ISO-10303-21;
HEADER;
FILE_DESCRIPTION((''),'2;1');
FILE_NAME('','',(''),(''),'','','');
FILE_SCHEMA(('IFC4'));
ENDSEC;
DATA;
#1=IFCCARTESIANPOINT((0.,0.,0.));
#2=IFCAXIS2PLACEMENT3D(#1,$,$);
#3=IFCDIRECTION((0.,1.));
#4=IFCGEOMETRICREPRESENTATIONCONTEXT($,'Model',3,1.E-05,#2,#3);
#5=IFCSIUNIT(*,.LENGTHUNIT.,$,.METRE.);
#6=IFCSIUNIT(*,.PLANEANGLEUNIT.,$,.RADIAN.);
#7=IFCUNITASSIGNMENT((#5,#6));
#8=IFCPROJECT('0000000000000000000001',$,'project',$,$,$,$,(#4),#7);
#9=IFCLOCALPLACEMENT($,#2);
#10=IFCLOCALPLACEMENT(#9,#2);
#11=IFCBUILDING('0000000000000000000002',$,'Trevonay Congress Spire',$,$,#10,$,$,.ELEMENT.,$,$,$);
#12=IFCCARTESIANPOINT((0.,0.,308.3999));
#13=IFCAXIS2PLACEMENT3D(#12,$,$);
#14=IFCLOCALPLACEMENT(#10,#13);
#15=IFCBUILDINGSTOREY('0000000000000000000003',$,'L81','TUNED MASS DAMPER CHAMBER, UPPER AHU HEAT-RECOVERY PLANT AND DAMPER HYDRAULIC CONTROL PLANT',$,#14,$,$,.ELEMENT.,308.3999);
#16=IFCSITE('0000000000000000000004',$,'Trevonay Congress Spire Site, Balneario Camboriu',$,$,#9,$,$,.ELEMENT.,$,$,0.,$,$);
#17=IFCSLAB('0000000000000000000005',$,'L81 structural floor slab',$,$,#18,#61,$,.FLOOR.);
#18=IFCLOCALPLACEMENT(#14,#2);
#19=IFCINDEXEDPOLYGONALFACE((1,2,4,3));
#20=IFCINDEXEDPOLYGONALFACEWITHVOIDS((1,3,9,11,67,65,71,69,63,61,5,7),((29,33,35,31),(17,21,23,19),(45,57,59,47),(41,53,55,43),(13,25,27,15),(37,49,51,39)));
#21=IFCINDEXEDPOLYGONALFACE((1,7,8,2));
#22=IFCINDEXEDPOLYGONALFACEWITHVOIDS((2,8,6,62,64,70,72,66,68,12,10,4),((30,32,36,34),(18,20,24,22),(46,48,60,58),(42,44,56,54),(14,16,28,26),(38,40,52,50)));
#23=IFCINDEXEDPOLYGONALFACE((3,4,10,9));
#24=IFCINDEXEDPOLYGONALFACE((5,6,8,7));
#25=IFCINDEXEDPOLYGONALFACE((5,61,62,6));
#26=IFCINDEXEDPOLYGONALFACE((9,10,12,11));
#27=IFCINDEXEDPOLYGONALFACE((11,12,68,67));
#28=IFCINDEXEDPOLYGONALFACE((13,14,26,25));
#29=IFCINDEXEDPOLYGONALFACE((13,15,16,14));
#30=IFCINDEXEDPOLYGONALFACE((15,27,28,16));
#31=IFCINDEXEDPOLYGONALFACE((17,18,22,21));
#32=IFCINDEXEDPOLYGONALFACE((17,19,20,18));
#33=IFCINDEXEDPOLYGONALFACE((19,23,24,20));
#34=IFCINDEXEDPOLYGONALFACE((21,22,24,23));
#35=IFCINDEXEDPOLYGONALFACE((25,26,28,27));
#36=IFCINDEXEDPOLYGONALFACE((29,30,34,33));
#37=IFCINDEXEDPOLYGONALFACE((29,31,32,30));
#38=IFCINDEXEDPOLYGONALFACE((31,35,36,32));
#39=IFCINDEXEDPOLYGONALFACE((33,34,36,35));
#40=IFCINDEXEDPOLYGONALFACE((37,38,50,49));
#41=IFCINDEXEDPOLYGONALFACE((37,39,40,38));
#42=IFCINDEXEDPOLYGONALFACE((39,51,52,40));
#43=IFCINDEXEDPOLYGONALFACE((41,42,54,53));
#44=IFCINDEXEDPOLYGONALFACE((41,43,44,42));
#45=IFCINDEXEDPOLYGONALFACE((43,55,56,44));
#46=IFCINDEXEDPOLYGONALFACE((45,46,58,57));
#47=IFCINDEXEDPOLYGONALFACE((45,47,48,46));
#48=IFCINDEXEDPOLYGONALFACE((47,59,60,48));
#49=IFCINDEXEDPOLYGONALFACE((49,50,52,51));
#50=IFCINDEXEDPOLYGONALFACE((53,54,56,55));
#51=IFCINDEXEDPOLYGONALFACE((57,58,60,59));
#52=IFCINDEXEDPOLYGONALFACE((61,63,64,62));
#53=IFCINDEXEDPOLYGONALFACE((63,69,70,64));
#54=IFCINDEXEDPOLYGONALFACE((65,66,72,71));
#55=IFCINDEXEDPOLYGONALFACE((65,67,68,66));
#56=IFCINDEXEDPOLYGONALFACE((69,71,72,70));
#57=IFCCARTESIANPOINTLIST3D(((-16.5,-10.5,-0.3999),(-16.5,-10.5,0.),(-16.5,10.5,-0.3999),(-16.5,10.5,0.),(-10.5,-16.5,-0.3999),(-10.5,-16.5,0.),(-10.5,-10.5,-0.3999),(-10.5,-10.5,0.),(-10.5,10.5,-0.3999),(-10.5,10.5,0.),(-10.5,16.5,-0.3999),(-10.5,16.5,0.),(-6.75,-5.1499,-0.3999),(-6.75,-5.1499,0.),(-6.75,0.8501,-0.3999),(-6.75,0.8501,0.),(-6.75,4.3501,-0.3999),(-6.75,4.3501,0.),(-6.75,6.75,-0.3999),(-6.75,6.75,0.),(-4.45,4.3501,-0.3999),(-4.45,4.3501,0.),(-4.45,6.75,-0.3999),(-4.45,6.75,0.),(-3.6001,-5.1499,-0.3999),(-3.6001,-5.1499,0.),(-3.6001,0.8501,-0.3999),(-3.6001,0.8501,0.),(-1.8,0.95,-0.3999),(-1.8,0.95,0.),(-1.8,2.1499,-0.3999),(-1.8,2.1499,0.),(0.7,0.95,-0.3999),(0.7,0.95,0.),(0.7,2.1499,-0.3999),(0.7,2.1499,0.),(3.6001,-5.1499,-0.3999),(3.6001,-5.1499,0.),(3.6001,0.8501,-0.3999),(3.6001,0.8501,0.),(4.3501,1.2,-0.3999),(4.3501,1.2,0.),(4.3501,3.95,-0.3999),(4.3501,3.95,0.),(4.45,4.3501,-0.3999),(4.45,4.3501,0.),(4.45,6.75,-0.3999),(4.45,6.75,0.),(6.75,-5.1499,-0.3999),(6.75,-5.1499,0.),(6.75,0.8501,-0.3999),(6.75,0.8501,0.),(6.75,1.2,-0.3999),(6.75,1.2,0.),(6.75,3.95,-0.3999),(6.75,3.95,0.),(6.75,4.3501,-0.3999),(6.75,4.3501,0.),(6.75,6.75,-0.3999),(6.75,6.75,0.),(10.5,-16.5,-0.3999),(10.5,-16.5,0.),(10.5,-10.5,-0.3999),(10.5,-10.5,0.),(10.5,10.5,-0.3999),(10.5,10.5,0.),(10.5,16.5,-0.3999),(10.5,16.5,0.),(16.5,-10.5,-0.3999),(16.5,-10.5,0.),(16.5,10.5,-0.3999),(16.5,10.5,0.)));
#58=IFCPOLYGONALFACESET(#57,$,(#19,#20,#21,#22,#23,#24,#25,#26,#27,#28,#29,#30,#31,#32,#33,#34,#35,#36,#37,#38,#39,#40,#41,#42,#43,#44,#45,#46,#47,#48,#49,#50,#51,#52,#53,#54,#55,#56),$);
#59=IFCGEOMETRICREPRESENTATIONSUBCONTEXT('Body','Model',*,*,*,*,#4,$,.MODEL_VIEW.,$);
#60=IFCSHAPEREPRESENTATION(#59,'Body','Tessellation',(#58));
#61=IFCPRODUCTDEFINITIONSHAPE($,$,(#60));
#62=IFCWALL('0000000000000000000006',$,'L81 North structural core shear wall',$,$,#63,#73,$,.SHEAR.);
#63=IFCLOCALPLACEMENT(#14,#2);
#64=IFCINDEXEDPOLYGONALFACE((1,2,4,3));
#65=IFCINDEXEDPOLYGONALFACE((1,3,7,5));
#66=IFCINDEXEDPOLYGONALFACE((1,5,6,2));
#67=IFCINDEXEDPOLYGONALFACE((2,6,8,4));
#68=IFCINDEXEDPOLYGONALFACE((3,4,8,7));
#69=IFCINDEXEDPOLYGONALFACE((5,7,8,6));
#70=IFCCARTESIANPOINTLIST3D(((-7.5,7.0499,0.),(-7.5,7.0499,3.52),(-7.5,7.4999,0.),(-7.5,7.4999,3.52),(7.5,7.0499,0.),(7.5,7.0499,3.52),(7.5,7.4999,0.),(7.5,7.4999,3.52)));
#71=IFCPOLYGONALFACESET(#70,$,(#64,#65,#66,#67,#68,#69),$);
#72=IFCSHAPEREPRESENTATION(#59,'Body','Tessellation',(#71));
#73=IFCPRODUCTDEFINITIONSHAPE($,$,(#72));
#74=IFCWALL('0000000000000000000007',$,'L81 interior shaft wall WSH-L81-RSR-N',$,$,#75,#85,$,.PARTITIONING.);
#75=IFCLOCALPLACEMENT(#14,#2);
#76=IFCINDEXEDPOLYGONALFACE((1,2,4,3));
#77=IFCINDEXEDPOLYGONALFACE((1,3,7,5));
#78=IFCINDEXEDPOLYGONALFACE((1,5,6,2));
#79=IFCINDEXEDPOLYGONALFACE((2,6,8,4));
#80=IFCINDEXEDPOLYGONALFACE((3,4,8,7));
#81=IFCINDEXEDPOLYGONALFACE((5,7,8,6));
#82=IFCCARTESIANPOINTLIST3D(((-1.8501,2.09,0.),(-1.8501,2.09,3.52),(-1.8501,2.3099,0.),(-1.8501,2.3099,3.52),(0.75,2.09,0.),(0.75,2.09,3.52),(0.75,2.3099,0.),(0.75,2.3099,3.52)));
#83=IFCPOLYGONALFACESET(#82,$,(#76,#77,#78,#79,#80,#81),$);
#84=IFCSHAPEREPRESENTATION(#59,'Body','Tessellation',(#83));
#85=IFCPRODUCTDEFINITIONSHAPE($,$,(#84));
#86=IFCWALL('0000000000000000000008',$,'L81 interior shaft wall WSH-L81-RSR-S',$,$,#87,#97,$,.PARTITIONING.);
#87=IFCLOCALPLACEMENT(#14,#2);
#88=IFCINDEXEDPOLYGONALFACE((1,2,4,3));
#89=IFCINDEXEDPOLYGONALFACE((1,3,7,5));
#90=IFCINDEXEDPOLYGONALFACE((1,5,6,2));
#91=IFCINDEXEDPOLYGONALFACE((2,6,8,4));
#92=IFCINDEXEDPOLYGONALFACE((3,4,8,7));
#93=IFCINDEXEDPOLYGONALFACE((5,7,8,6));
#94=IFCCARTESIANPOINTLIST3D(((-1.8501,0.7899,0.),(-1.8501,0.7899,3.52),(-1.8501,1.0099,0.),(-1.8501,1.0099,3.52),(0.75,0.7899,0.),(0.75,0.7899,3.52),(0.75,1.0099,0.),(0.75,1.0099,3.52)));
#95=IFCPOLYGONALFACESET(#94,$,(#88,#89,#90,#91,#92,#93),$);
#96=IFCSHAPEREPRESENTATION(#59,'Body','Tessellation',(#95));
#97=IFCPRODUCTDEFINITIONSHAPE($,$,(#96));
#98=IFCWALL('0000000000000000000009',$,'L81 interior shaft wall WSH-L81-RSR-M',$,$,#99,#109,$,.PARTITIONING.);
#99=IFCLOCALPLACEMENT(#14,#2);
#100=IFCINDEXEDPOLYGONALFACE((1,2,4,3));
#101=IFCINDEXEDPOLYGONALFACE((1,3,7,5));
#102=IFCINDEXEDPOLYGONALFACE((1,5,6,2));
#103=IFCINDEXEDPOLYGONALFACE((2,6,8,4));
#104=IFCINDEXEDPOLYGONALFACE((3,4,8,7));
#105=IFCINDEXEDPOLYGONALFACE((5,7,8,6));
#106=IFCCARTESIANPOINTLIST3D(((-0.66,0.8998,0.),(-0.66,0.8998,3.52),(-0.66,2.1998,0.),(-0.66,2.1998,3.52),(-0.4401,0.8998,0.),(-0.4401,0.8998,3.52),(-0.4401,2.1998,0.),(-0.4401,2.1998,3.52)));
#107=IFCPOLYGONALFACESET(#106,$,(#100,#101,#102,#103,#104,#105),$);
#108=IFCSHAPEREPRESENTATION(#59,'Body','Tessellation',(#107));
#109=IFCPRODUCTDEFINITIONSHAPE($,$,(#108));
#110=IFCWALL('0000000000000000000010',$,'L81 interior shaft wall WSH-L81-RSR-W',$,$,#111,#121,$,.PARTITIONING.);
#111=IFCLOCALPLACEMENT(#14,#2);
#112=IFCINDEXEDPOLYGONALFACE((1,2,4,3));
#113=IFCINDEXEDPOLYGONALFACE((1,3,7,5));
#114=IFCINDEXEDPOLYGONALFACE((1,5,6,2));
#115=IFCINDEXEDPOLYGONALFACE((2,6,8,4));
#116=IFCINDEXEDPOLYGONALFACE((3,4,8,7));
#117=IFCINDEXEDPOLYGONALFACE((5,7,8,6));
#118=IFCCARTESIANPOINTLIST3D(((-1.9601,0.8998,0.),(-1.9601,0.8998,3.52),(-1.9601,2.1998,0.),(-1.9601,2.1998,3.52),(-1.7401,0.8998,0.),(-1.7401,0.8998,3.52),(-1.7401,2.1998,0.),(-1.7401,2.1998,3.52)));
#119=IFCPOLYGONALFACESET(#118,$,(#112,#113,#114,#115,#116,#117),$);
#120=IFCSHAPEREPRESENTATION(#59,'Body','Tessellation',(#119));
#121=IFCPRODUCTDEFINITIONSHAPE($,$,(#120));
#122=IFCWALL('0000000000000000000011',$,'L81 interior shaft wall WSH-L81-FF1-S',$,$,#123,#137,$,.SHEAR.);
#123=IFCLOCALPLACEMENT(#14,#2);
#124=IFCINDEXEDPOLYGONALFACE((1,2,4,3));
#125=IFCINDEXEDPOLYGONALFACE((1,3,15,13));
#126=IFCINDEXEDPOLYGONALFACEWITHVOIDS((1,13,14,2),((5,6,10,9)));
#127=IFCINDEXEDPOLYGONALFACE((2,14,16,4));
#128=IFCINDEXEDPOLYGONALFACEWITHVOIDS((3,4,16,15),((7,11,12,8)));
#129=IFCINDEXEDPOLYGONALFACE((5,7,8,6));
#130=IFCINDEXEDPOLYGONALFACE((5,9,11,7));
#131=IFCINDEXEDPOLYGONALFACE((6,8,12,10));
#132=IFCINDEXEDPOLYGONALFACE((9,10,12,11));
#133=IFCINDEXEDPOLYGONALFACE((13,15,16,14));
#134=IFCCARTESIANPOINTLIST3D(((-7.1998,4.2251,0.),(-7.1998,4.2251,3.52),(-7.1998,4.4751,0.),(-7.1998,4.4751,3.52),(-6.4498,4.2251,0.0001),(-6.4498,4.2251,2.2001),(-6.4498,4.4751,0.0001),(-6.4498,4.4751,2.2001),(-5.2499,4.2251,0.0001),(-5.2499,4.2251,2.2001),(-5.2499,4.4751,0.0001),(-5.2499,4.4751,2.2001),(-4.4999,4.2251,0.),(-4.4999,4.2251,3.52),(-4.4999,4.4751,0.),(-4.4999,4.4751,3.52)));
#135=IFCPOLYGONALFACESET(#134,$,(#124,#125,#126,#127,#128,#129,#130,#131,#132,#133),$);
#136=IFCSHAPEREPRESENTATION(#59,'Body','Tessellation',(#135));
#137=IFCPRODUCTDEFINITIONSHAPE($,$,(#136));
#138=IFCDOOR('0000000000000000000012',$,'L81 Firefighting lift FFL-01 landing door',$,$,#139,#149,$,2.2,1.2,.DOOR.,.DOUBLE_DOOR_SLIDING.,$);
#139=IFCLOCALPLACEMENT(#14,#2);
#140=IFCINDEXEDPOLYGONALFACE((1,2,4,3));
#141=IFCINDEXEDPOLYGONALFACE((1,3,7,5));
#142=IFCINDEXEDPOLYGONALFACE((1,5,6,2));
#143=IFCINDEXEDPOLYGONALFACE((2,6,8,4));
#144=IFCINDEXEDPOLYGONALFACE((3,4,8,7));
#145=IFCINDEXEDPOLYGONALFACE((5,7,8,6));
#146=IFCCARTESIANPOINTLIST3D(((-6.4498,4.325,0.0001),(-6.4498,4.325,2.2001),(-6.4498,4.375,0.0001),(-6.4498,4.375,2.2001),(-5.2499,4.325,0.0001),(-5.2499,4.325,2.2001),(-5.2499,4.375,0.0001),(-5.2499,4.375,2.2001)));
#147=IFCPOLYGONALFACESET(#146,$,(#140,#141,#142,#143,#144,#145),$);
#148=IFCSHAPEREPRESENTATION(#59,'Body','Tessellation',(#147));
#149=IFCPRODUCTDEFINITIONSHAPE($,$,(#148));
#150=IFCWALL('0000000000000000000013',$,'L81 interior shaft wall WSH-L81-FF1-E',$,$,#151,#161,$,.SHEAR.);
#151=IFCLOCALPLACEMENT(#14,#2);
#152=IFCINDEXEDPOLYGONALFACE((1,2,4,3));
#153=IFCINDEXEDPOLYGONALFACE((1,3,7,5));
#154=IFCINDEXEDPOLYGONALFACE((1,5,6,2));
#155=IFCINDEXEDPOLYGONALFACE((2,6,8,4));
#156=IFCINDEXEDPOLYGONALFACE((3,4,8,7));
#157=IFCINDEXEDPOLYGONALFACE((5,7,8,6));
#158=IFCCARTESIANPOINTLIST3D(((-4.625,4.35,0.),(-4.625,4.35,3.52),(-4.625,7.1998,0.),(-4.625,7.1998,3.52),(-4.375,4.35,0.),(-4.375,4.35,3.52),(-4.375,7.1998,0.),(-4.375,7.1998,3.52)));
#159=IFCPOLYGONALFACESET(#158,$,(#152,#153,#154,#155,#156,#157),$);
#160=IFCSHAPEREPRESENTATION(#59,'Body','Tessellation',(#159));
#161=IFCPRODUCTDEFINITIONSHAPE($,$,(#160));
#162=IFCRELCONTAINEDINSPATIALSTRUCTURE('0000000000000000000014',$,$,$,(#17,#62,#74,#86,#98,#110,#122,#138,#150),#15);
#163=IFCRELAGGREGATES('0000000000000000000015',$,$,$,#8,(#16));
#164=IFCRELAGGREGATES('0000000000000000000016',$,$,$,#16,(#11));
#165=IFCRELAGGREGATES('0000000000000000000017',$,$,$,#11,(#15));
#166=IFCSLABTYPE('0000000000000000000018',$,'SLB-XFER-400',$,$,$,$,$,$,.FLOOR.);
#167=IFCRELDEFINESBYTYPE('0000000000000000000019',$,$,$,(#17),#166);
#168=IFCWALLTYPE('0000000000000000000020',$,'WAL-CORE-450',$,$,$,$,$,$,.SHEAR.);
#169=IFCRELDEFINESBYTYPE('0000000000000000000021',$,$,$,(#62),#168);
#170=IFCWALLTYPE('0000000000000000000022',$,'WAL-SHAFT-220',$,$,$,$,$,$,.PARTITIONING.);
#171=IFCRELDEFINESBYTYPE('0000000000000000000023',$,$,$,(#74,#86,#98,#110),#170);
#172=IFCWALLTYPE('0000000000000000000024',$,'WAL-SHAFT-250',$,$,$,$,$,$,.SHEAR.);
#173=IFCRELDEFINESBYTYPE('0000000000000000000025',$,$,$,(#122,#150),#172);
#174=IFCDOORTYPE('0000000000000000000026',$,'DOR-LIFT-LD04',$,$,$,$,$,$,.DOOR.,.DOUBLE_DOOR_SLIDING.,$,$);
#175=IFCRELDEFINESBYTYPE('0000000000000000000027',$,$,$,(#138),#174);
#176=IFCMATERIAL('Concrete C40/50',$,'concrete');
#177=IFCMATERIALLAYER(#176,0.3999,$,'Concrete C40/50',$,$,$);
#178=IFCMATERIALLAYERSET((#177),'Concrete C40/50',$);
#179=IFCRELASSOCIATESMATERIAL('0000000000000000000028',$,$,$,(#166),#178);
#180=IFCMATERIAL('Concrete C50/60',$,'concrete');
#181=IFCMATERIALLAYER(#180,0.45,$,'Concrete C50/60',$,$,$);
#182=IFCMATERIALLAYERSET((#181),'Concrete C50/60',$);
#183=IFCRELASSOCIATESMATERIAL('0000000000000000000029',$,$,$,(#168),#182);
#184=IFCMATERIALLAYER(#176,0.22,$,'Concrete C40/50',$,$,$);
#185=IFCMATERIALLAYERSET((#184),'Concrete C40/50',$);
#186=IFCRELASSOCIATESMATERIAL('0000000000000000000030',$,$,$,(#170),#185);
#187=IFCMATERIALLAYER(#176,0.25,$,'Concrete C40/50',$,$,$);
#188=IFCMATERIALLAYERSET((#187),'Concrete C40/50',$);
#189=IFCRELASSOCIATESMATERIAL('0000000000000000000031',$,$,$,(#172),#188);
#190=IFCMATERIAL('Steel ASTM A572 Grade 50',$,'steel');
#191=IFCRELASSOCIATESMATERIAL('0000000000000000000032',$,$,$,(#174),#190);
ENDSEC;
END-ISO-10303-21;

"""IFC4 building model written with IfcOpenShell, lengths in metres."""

from ifc_helpers import new_model, si_unit, direction, frame, frame_2d, origin, place, context, subcontext, project, spatial, polyline, rectangle, outline, extrude, material, layer, layer_set, type_object, element, fill, save


model = new_model("IFC4")

# Units and contexts
model_context = context("Model", 3, precision=1e-05, world=origin(), true_north=direction((0.0, 1.0)))
body_context = subcontext(model_context, "Body", "Model", "MODEL_VIEW")
ifc_project = project(units=[si_unit("LENGTHUNIT", "METRE"), si_unit("PLANEANGLEUNIT", "RADIAN")], contexts=[model_context])

# Site, building, storey
site_placement = place(None, origin())
site = spatial("IfcSite", under=ifc_project, at=site_placement, Name="Trevonay Congress Spire Site, Balneario Camboriu", CompositionType="ELEMENT", RefElevation=0.0)
building_placement = place(site_placement, origin())
building = spatial("IfcBuilding", under=site, at=building_placement, Name="Trevonay Congress Spire", CompositionType="ELEMENT")
storey_placement = place(building_placement, frame((0.0, 0.0, 308.3999)))
storey = spatial("IfcBuildingStorey", under=building, at=storey_placement, Name="L81", Description="TUNED MASS DAMPER CHAMBER, UPPER AHU HEAT-RECOVERY PLANT AND DAMPER HYDRAULIC CONTROL PLANT", CompositionType="ELEMENT", Elevation=308.3999)

# Shared definitions
ifc_material_1 = material(Name="Steel ASTM A572 Grade 50", Category="steel")

# Slab
ifc_material_2 = material(Name="Concrete C40/50", Category="concrete")
ifc_layer_1 = layer(ifc_material_2, 0.3999, Name="Concrete C40/50")
ifc_layer_set_1 = layer_set([ifc_layer_1], Name="Concrete C40/50")
slab_type = type_object("IfcSlabType", Name="SLB-XFER-400", PredefinedType="FLOOR", material=ifc_layer_set_1)
slab_placement = place(storey_placement, frame((0.0, 0.0, -0.3999)))
element("IfcSlab", 1, at=slab_placement, inside=storey, type_object=slab_type, Name="L81 structural floor slab", PredefinedType="FLOOR", context=body_context, shape_type="SweptSolid", body=[
    extrude(outline(polyline([(-10.5, -16.5), (10.5, -16.5), (10.5, -10.5), (16.5, -10.5), (16.5, 10.5), (10.5, 10.5), (10.5, 16.5), (-10.5, 16.5), (-10.5, 10.5), (-16.5, 10.5), (-16.5, -10.5), (-10.5, -10.5), (-10.5, -16.5)]), holes=[polyline([(-3.6001, -5.1499), (-3.6001, 0.8501), (-6.75, 0.8501), (-6.75, -5.1499), (-3.6001, -5.1499)]), polyline([(6.75, -5.1499), (6.75, 0.8501), (3.6001, 0.8501), (3.6001, -5.1499), (6.75, -5.1499)]), polyline([(-6.75, 4.3501), (-4.45, 4.3501), (-4.45, 6.75), (-6.75, 6.75), (-6.75, 4.3501)]), polyline([(4.45, 4.3501), (6.75, 4.3501), (6.75, 6.75), (4.45, 6.75), (4.45, 4.3501)]), polyline([(4.3501, 1.2), (6.75, 1.2), (6.75, 3.95), (4.3501, 3.95), (4.3501, 1.2)]), polyline([(-1.8, 0.95), (0.7, 0.95), (0.7, 2.1499), (-1.8, 2.1499), (-1.8, 0.95)])]), origin(), (0.0, 0.0, 1.0), 0.3999),
])

# Walls
ifc_material_3 = material(Name="Concrete C50/60", Category="concrete")
ifc_layer_2 = layer(ifc_material_3, 0.45, Name="Concrete C50/60")
ifc_layer_set_2 = layer_set([ifc_layer_2], Name="Concrete C50/60")
wall_type_1 = type_object("IfcWallType", Name="WAL-CORE-450", PredefinedType="SHEAR", material=ifc_layer_set_2)
wall_1_placement = place(storey_placement, frame((-7.5, 7.2749, 0.0), z_axis=(0.0, 0.0, 1.0), x_axis=(1.0, 0.0, 0.0)))
element("IfcWall", 2, at=wall_1_placement, inside=storey, type_object=wall_type_1, Name="L81 North structural core shear wall", PredefinedType="SHEAR", context=body_context, shape_type="SweptSolid", body=[
    extrude(rectangle(XDim=15.0, YDim=0.45, at=frame_2d((7.5, 0.0))), origin(), (0.0, 0.0, 1.0), 3.52),
])
ifc_layer_3 = layer(ifc_material_2, 0.22, Name="Concrete C40/50")
ifc_layer_set_3 = layer_set([ifc_layer_3], Name="Concrete C40/50")
wall_type_2 = type_object("IfcWallType", Name="WAL-SHAFT-220", PredefinedType="PARTITIONING", material=ifc_layer_set_3)
for number, where, z_axis, x_axis, name in (
    (3, (-1.8501, 2.2, 0.0), (0.0, 0.0, 1.0), (1.0, 0.0, 0.0), "L81 interior shaft wall WSH-L81-RSR-N"),
    (4, (-1.8501, 0.8999, 0.0), (0.0, 0.0, 1.0), (1.0, 0.0, 0.0), "L81 interior shaft wall WSH-L81-RSR-S"),
):
    element("IfcWall", number, at=place(storey_placement, frame(where, z_axis=z_axis, x_axis=x_axis)), inside=storey, type_object=wall_type_2, Name=name, PredefinedType="PARTITIONING", context=body_context, shape_type="SweptSolid", body=[
        extrude(rectangle(XDim=2.6001, YDim=0.22, at=frame_2d((1.3, 0.0))), origin(), (0.0, 0.0, 1.0), 3.52),
    ])
for number, where, z_axis, x_axis, name in (
    (5, (-0.55, 0.8999, 0.0), (0.0, 0.0, 1.0), (0.0, 1.0, 0.0), "L81 interior shaft wall WSH-L81-RSR-M"),
    (6, (-1.8501, 0.8999, 0.0), (0.0, 0.0, 1.0), (0.0, 1.0, 0.0), "L81 interior shaft wall WSH-L81-RSR-W"),
):
    element("IfcWall", number, at=place(storey_placement, frame(where, z_axis=z_axis, x_axis=x_axis)), inside=storey, type_object=wall_type_2, Name=name, PredefinedType="PARTITIONING", context=body_context, shape_type="SweptSolid", body=[
        extrude(rectangle(XDim=1.3, YDim=0.22, at=frame_2d((0.6499, 0.0))), origin(), (0.0, 0.0, 1.0), 3.52),
    ])

# Wall, opening, door
ifc_layer_4 = layer(ifc_material_2, 0.25, Name="Concrete C40/50")
ifc_layer_set_4 = layer_set([ifc_layer_4], Name="Concrete C40/50")
wall_type_3 = type_object("IfcWallType", Name="WAL-SHAFT-250", PredefinedType="SHEAR", material=ifc_layer_set_4)
wall_2_placement = place(storey_placement, frame((-7.2, 4.3501, 0.0), z_axis=(0.0, 0.0, 1.0), x_axis=(1.0, 0.0, 0.0)))
wall_2 = element("IfcWall", 7, at=wall_2_placement, inside=storey, type_object=wall_type_3, Name="L81 interior shaft wall WSH-L81-FF1-S", PredefinedType="SHEAR", context=body_context, shape_type="SweptSolid", body=[
    extrude(rectangle(XDim=2.7, YDim=0.25, at=frame_2d((1.3501, 0.0))), origin(), (0.0, 0.0, 1.0), 3.52),
])
opening_1_placement = place(wall_2_placement, frame((0.75, 0.0, 0.0)))
opening_1 = element("IfcOpeningElement", 8, at=opening_1_placement, cuts=wall_2, PredefinedType="OPENING", context=body_context, shape_type="SweptSolid", body=[
    extrude(rectangle(XDim=1.2, YDim=2.2, at=frame_2d((0.6001, 1.1001))), frame((0.0, 0.135, 0.0), z_axis=(0.0, -1.0, 0.0), x_axis=(1.0, 0.0, 0.0)), (0.0, 0.0, 1.0), 0.27),
])
door_type_1 = type_object("IfcDoorType", Name="DOR-LIFT-LD04", OperationType="DOUBLE_DOOR_SLIDING", PredefinedType="DOOR", material=ifc_material_1)
door_1_placement = place(opening_1_placement, origin())
door_1 = element("IfcDoor", 9, at=door_1_placement, inside=storey, type_object=door_type_1, Name="L81 Firefighting lift FFL-01 landing door", OperationType="DOUBLE_DOOR_SLIDING", OverallHeight=2.2, OverallWidth=1.2, PredefinedType="DOOR", context=body_context, shape_type="SweptSolid", body=[
    extrude(rectangle(XDim=1.2, YDim=2.2, at=frame_2d((0.6001, 1.1001))), frame((0.0, 0.0249, 0.0), z_axis=(0.0, -1.0, 0.0), x_axis=(1.0, 0.0, 0.0)), (0.0, 0.0, 1.0), 0.05),
])
fill(opening_1, door_1)

# Wall
wall_3_placement = place(storey_placement, frame((-4.5, 4.3501, 0.0), z_axis=(0.0, 0.0, 1.0), x_axis=(0.0, 1.0, 0.0)))
element("IfcWall", 10, at=wall_3_placement, inside=storey, type_object=wall_type_3, Name="L81 interior shaft wall WSH-L81-FF1-E", PredefinedType="SHEAR", context=body_context, shape_type="SweptSolid", body=[
    extrude(rectangle(XDim=2.8499, YDim=0.25, at=frame_2d((1.4248, 0.0))), origin(), (0.0, 0.0, 1.0), 3.52),
])

save(model, "model.ifc")
